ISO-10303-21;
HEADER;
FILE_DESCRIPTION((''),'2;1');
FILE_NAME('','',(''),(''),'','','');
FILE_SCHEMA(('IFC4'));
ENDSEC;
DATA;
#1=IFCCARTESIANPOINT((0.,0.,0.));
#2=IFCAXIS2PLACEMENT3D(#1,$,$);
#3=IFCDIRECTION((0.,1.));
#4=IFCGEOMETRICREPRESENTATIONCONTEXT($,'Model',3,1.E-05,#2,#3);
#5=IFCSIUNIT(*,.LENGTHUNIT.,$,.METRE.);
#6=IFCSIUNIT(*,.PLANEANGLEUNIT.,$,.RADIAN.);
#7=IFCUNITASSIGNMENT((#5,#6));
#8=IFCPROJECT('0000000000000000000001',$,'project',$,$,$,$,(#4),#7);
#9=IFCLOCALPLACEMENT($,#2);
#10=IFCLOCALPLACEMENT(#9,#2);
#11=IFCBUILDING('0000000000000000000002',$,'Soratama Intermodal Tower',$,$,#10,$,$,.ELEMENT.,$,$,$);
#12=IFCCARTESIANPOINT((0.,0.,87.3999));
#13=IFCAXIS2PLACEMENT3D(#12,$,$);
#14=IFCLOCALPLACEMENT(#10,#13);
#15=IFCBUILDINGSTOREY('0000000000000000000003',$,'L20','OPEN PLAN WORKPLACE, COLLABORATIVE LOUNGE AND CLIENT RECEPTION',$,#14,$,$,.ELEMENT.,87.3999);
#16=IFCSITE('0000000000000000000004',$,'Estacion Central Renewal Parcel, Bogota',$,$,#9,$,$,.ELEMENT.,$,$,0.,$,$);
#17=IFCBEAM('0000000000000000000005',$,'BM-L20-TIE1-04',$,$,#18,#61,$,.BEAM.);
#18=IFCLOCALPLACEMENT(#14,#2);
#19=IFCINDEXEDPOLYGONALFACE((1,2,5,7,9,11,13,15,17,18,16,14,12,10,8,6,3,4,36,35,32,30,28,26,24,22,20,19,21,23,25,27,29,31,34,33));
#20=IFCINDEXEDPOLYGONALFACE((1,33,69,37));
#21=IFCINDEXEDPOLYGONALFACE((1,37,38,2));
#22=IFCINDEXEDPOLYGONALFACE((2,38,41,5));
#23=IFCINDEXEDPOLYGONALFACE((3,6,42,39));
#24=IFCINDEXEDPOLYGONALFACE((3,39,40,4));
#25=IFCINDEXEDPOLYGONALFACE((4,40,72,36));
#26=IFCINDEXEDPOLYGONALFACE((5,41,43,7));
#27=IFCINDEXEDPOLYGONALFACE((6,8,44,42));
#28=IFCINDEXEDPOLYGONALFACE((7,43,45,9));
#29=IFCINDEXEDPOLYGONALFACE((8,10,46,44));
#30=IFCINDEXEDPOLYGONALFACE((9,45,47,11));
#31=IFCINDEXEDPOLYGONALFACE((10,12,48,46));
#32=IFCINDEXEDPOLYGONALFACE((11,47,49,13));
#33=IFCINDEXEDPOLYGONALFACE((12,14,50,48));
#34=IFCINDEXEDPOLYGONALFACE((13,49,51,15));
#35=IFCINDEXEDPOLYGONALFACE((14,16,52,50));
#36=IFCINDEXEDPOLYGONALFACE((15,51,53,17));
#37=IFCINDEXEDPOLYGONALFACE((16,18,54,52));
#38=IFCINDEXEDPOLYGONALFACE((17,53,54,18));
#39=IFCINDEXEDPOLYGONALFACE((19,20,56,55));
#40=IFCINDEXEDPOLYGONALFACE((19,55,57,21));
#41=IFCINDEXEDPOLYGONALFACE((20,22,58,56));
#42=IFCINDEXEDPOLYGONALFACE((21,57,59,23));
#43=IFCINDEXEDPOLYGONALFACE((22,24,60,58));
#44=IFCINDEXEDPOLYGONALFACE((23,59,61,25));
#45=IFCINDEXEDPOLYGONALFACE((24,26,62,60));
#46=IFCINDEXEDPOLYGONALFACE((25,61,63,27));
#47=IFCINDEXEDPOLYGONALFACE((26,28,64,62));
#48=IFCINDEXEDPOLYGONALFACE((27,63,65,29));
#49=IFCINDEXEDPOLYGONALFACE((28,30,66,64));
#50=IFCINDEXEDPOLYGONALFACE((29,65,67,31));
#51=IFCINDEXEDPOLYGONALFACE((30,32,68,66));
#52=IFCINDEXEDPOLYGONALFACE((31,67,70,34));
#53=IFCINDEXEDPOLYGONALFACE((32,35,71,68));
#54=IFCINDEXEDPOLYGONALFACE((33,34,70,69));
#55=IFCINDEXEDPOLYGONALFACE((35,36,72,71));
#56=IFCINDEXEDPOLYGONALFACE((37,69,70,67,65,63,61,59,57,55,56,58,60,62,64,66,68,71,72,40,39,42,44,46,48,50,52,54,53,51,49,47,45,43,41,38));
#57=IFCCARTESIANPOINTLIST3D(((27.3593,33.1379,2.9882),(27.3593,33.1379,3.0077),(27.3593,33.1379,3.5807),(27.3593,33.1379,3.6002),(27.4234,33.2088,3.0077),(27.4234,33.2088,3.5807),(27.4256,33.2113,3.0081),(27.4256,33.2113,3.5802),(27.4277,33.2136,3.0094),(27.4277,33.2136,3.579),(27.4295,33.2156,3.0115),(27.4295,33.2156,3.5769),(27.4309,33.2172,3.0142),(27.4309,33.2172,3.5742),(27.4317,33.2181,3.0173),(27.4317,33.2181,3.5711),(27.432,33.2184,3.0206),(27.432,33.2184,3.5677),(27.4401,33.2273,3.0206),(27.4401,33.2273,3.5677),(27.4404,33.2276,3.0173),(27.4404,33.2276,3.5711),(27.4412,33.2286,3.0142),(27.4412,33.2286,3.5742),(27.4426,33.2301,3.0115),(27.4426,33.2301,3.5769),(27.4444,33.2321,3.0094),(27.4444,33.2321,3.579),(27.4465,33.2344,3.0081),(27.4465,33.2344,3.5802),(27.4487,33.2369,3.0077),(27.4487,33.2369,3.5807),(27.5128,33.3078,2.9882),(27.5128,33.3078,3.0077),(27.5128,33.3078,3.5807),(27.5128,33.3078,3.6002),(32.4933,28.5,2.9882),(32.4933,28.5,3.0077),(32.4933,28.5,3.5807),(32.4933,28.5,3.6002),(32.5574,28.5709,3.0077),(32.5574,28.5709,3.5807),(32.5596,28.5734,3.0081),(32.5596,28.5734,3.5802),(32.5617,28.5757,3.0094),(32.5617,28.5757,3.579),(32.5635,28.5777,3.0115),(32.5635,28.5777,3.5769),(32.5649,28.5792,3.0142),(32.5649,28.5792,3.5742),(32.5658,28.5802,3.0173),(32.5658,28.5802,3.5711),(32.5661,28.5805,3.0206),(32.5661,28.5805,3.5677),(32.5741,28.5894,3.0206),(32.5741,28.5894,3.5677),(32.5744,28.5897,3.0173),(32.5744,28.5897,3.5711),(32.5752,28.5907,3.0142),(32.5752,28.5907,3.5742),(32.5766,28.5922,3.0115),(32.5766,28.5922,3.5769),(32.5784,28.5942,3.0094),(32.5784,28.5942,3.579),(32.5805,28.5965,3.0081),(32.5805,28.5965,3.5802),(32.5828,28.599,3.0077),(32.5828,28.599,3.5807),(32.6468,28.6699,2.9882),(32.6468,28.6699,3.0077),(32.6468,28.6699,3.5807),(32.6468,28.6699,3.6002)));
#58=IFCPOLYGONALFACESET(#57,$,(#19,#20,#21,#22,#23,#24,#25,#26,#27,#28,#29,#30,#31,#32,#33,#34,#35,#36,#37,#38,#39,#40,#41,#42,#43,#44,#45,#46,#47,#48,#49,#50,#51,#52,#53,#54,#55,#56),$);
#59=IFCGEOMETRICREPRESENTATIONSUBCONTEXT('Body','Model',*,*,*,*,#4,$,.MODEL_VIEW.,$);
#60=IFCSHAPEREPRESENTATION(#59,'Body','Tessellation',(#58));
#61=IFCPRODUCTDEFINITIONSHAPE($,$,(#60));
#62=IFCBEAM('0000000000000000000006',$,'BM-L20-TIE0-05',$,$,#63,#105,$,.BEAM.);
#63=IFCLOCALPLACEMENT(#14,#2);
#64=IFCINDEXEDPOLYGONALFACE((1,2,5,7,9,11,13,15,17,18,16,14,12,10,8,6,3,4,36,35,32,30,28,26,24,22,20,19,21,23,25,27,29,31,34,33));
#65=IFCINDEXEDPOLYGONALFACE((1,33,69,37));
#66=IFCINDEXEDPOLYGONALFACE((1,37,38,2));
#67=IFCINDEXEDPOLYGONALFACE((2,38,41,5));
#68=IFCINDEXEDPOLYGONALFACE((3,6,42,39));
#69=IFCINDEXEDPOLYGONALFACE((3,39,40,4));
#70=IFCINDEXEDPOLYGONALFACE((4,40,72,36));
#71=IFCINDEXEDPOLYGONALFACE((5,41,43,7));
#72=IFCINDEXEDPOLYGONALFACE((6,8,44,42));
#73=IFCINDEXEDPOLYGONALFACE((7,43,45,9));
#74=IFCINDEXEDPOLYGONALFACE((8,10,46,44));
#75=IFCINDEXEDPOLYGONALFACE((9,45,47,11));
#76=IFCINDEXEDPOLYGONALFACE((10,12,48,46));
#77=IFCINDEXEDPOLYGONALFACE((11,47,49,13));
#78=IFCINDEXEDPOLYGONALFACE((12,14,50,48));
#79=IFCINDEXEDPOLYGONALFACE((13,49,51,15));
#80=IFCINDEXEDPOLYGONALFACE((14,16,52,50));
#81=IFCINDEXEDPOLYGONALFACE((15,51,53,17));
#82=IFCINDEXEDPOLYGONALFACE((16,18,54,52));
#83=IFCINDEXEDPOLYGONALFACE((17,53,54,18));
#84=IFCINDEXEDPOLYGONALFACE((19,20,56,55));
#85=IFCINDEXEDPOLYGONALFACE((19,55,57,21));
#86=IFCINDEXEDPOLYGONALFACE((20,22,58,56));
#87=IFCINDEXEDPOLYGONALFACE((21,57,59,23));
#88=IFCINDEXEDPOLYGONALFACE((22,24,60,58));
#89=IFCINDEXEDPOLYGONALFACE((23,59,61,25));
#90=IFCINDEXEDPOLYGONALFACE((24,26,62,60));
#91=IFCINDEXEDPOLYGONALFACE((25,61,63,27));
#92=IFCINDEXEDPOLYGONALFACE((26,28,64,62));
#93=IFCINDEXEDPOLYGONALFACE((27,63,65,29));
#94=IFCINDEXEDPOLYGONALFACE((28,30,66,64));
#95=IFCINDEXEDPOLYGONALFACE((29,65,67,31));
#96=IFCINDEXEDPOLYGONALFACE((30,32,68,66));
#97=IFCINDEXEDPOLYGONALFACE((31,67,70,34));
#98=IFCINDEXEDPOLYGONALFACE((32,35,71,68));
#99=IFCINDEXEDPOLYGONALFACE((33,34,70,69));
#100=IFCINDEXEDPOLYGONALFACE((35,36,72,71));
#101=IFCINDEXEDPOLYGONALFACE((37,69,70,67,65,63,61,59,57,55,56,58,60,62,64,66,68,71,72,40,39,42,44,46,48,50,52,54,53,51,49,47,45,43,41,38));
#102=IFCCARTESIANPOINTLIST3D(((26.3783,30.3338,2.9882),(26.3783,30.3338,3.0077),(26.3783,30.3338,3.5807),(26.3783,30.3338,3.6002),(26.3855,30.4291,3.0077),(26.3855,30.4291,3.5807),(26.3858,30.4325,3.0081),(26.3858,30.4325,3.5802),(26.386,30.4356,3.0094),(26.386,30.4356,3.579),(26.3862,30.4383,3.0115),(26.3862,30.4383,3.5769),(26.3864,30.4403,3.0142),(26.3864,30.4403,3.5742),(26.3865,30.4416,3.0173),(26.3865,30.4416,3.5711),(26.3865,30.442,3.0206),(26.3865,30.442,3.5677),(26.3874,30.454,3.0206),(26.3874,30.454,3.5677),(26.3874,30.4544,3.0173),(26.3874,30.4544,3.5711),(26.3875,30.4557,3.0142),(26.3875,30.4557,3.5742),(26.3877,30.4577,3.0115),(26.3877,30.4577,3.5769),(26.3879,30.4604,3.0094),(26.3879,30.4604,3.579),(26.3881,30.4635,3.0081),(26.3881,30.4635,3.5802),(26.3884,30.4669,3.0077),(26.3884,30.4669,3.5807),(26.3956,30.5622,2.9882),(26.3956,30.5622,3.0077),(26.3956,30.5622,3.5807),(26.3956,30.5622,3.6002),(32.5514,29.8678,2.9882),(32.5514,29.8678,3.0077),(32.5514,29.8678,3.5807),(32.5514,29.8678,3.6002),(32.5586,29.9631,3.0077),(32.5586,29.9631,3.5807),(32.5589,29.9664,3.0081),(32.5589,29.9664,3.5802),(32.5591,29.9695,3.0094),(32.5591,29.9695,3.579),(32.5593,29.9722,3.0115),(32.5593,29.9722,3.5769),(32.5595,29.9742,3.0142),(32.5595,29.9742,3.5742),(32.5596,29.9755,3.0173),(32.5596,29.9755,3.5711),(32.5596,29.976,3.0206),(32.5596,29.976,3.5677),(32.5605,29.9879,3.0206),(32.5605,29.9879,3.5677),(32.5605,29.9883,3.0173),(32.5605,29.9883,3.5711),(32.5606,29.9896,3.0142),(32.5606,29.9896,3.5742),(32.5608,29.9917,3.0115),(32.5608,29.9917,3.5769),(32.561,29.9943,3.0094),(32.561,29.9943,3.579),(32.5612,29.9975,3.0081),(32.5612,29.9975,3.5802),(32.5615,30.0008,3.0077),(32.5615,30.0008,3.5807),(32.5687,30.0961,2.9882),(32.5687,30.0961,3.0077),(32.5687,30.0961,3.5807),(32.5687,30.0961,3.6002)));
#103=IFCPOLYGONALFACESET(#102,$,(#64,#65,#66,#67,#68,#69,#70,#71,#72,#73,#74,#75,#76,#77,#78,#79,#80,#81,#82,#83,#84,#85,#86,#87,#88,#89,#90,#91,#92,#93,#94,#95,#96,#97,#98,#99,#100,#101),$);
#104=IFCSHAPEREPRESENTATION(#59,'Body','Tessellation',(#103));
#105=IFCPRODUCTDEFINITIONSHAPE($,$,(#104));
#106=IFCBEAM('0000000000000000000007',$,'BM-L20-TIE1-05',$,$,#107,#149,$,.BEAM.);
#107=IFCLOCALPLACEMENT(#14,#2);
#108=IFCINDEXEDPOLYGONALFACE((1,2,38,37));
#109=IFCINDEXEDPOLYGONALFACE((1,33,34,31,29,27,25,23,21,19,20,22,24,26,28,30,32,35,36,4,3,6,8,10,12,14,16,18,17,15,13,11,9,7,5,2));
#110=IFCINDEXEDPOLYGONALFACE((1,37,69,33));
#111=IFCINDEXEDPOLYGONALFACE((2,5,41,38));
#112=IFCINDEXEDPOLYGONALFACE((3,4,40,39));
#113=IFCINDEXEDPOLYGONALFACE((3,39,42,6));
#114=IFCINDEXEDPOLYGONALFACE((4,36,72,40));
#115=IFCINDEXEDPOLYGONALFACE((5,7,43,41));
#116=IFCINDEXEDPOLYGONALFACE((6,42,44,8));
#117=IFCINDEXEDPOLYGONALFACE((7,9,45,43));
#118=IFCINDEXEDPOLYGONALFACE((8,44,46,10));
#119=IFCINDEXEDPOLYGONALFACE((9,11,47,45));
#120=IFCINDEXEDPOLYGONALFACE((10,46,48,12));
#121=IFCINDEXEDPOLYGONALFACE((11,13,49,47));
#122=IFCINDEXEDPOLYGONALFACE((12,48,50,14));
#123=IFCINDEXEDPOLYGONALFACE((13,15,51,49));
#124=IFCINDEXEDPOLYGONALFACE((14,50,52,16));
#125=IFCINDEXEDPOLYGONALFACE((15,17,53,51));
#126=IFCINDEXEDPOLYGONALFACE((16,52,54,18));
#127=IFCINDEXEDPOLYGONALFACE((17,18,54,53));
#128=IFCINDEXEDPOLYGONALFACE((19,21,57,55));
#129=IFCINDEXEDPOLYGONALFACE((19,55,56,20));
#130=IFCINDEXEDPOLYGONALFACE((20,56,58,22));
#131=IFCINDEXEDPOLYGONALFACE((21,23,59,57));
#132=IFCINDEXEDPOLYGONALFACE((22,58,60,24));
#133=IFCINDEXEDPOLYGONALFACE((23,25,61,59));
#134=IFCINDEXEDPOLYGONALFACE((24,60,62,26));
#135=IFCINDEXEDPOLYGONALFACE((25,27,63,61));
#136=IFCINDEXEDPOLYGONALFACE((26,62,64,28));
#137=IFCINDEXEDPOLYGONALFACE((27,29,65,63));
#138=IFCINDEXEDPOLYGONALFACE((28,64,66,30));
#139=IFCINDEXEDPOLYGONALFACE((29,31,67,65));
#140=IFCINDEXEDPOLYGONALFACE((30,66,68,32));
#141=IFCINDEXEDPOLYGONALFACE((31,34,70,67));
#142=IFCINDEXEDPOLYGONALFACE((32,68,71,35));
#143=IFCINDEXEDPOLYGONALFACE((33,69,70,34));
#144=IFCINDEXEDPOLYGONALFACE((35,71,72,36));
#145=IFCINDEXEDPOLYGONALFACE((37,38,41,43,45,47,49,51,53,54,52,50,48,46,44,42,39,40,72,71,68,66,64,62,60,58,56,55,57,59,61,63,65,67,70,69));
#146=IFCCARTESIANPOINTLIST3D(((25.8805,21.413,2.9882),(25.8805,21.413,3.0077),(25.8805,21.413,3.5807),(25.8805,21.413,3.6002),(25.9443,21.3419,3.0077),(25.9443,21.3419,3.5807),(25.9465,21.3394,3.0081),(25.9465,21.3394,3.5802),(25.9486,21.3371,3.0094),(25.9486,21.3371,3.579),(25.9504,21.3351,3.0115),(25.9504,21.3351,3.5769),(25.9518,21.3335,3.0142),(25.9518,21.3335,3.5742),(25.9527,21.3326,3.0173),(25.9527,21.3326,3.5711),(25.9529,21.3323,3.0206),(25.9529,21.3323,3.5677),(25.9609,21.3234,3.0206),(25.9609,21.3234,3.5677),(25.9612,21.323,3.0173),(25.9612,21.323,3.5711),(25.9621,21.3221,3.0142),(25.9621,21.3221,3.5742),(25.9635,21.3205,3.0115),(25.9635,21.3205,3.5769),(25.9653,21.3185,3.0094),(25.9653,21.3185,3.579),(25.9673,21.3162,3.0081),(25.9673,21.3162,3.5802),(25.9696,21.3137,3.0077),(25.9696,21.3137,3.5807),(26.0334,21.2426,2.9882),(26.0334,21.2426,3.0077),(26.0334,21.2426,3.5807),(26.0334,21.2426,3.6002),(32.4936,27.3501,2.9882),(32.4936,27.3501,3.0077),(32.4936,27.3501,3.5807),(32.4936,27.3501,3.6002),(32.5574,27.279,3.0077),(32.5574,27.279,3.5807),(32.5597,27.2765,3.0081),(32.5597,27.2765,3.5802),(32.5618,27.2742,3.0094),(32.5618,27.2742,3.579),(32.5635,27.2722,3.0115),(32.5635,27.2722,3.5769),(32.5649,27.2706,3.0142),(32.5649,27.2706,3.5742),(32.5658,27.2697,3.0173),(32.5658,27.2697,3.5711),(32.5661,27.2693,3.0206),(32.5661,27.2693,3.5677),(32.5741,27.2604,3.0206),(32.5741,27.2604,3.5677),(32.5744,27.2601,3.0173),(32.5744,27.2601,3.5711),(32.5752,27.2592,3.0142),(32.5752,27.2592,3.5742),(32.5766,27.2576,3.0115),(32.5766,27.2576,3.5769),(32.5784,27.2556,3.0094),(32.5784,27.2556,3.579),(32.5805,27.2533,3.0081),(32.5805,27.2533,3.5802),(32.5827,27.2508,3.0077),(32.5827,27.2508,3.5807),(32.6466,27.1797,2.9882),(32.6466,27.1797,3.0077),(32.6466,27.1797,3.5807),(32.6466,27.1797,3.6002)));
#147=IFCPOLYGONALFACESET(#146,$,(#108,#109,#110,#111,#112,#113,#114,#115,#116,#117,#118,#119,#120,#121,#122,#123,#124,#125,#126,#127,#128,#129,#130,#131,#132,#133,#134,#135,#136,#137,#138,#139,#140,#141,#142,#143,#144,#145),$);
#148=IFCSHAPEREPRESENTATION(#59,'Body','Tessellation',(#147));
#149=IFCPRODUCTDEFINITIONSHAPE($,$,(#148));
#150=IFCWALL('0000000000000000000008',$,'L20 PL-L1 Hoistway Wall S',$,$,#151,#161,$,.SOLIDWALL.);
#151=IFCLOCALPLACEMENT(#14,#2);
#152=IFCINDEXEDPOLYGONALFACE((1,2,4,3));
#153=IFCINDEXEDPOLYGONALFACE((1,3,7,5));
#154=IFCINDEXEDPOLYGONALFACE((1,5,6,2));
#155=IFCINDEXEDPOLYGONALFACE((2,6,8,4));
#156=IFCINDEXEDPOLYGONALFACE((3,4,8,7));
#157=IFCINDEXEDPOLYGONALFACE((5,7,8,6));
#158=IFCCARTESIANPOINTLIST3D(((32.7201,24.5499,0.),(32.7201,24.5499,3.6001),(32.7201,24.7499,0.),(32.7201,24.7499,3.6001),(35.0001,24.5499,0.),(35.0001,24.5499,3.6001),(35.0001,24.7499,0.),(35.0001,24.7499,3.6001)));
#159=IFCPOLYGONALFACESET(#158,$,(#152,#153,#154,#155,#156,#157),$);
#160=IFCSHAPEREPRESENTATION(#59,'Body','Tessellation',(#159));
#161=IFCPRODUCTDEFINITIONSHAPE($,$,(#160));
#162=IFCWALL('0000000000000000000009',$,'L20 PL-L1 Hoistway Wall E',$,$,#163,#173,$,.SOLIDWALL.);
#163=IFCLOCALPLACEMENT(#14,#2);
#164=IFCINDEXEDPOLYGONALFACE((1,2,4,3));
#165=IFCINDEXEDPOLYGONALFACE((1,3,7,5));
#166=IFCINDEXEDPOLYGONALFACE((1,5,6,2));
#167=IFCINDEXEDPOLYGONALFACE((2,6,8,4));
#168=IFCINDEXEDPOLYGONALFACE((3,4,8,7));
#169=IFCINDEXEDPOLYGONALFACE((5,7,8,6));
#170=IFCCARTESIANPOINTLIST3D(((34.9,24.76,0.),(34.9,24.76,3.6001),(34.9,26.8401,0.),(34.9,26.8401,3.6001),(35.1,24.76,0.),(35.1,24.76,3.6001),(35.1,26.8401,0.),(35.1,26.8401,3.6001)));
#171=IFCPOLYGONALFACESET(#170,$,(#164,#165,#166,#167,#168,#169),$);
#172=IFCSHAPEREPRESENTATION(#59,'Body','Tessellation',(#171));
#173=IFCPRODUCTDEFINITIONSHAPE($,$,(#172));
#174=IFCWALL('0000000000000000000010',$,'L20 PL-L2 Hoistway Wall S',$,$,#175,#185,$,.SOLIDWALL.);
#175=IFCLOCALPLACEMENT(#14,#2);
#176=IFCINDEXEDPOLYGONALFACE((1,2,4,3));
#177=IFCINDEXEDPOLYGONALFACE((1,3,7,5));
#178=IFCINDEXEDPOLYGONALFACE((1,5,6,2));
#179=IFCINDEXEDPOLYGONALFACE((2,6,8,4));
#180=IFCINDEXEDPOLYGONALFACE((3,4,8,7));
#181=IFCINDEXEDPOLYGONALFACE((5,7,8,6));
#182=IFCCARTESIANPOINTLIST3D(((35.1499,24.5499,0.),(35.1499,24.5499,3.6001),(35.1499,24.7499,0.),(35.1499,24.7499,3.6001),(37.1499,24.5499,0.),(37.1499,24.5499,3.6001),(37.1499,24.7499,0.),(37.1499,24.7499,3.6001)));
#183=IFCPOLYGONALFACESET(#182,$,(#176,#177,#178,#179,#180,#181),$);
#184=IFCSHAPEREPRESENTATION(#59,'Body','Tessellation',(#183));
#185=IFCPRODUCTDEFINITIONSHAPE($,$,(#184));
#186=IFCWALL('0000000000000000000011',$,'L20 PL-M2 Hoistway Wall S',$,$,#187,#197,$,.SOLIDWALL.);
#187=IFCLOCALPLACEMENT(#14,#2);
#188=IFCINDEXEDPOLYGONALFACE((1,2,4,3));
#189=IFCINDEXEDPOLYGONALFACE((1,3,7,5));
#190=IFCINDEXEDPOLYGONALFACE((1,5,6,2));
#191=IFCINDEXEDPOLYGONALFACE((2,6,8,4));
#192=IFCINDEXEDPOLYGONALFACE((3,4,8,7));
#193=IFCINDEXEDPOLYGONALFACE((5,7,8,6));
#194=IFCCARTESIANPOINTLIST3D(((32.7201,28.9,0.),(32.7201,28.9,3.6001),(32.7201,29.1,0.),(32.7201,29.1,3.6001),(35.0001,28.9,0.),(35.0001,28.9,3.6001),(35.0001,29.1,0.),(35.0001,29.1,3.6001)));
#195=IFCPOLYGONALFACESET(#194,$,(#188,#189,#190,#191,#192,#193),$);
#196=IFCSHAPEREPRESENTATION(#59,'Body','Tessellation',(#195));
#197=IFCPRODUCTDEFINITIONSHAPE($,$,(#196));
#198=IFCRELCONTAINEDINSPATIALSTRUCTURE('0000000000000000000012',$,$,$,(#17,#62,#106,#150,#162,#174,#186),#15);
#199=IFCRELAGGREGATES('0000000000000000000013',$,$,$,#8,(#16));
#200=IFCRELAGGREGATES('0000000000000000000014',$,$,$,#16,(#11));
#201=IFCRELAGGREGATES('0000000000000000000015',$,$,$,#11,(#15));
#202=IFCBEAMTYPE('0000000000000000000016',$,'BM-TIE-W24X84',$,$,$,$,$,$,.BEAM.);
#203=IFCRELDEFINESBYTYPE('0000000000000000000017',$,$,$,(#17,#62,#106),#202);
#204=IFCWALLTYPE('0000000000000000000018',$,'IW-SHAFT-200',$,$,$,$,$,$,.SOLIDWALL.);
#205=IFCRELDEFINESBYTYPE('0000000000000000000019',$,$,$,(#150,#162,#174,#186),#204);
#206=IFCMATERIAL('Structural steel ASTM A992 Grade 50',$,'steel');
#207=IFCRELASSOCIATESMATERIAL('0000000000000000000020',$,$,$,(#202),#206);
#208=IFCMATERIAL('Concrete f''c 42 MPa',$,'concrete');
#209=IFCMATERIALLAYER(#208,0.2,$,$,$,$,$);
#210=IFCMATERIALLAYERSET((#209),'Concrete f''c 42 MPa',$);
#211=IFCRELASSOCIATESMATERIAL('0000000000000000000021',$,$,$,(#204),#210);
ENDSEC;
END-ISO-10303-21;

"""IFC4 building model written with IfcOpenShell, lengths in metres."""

from ifc_helpers import new_model, si_unit, direction, frame, frame_2d, origin, origin_2d, place, context, subcontext, project, spatial, rectangle, i_section, extrude, material, layer, layer_set, material_profile, profile_set, type_object, element, save


model = new_model("IFC4")

# Units and contexts
model_context = context("Model", 3, precision=1e-05, world=origin(), true_north=direction((0.0, 1.0)))
body_context = subcontext(model_context, "Body", "Model", "MODEL_VIEW")
ifc_project = project(units=[si_unit("LENGTHUNIT", "METRE"), si_unit("PLANEANGLEUNIT", "RADIAN")], contexts=[model_context])

# Site, building, storey
site_placement = place(None, origin())
site = spatial("IfcSite", under=ifc_project, at=site_placement, Name="Estacion Central Renewal Parcel, Bogota", CompositionType="ELEMENT", RefElevation=0.0)
building_placement = place(site_placement, origin())
building = spatial("IfcBuilding", under=site, at=building_placement, Name="Soratama Intermodal Tower", CompositionType="ELEMENT")
storey_placement = place(building_placement, frame((0.0, 0.0, 87.3999)))
storey = spatial("IfcBuildingStorey", under=building, at=storey_placement, Name="L20", Description="OPEN PLAN WORKPLACE, COLLABORATIVE LOUNGE AND CLIENT RECEPTION", CompositionType="ELEMENT", Elevation=87.3999)

# Beams
ifc_material_1 = material(Name="Structural steel ASTM A992 Grade 50", Category="steel")
ifc_material_profile_1 = material_profile(ifc_material_1, i_section(OverallWidth=0.229, OverallDepth=0.6121, WebThickness=0.012, FlangeThickness=0.0195, FilletRadius=0.0129, at=origin_2d()), Name="W24X84")
ifc_profile_set_1 = profile_set([ifc_material_profile_1], Name="Structural steel ASTM A992 Grade 50")
beam_type_1 = type_object("IfcBeamType", Name="BM-TIE-W24X84", PredefinedType="BEAM", material=ifc_profile_set_1)
beam_1_placement = place(storey_placement, frame((32.5701, 28.585, 3.2942), z_axis=(-0.742049, 0.670346, 0.0), x_axis=(-0.670346, -0.742049, 0.0)))
element("IfcBeam", 1, at=beam_1_placement, inside=storey, type_object=beam_type_1, Name="BM-L20-TIE1-04", PredefinedType="BEAM", context=body_context, shape_type="SweptSolid", body=[
    extrude(i_section(OverallWidth=0.229, OverallDepth=0.6121, WebThickness=0.012, FlangeThickness=0.0195, FilletRadius=0.0129, at=origin_2d()), origin(), (0.0, 0.0, 1.0), 6.9187),
])
beam_2_placement = place(storey_placement, frame((32.5601, 29.9819, 3.2942), z_axis=(-0.997162, 0.075285, 0.0), x_axis=(-0.075285, -0.997162, 0.0)))
element("IfcBeam", 2, at=beam_2_placement, inside=storey, type_object=beam_type_1, Name="BM-L20-TIE0-05", PredefinedType="BEAM", context=body_context, shape_type="SweptSolid", body=[
    extrude(i_section(OverallWidth=0.229, OverallDepth=0.6121, WebThickness=0.012, FlangeThickness=0.0195, FilletRadius=0.0129, at=origin_2d()), origin(), (0.0, 0.0, 1.0), 6.1907),
])
beam_3_placement = place(storey_placement, frame((32.5701, 27.2649, 3.2942), z_axis=(-0.744117, -0.668049, 0.0), x_axis=(0.668049, -0.744117, 0.0)))
element("IfcBeam", 3, at=beam_3_placement, inside=storey, type_object=beam_type_1, Name="BM-L20-TIE1-05", PredefinedType="BEAM", context=body_context, shape_type="SweptSolid", body=[
    extrude(i_section(OverallWidth=0.229, OverallDepth=0.6121, WebThickness=0.012, FlangeThickness=0.0195, FilletRadius=0.0129, at=origin_2d()), origin(), (0.0, 0.0, 1.0), 8.8872),
])

# Wall
ifc_material_2 = material(Name="Concrete f'c 42 MPa", Category="concrete")
ifc_layer_1 = layer(ifc_material_2, 0.2)
ifc_layer_set_1 = layer_set([ifc_layer_1], Name="Concrete f'c 42 MPa")
wall_type_1 = type_object("IfcWallType", Name="IW-SHAFT-200", PredefinedType="SOLIDWALL", material=ifc_layer_set_1)
wall_1_placement = place(storey_placement, frame((32.72, 24.6499, 0.0), z_axis=(0.0, 0.0, 1.0), x_axis=(1.0, 0.0, 0.0)))
element("IfcWall", 4, at=wall_1_placement, inside=storey, type_object=wall_type_1, Name="L20 PL-L1 Hoistway Wall S", PredefinedType="SOLIDWALL", context=body_context, shape_type="SweptSolid", body=[
    extrude(rectangle(XDim=2.28, YDim=0.2, at=frame_2d((1.1401, 0.0))), origin(), (0.0, 0.0, 1.0), 3.6001),
])

# Walls
wall_2_placement = place(storey_placement, frame((35.0, 24.76, 0.0), z_axis=(0.0, 0.0, 1.0), x_axis=(0.0, 1.0, 0.0)))
element("IfcWall", 5, at=wall_2_placement, inside=storey, type_object=wall_type_1, Name="L20 PL-L1 Hoistway Wall E", PredefinedType="SOLIDWALL", context=body_context, shape_type="SweptSolid", body=[
    extrude(rectangle(XDim=2.0801, YDim=0.2, at=frame_2d((1.04, 0.0))), origin(), (0.0, 0.0, 1.0), 3.6001),
])
wall_3_placement = place(storey_placement, frame((35.1499, 24.6499, 0.0), z_axis=(0.0, 0.0, 1.0), x_axis=(1.0, 0.0, 0.0)))
element("IfcWall", 6, at=wall_3_placement, inside=storey, type_object=wall_type_1, Name="L20 PL-L2 Hoistway Wall S", PredefinedType="SOLIDWALL", context=body_context, shape_type="SweptSolid", body=[
    extrude(rectangle(XDim=2.0, YDim=0.2, at=frame_2d((1.0, 0.0))), origin(), (0.0, 0.0, 1.0), 3.6001),
])
wall_4_placement = place(storey_placement, frame((32.72, 29.0, 0.0), z_axis=(0.0, 0.0, 1.0), x_axis=(1.0, 0.0, 0.0)))
element("IfcWall", 7, at=wall_4_placement, inside=storey, type_object=wall_type_1, Name="L20 PL-M2 Hoistway Wall S", PredefinedType="SOLIDWALL", context=body_context, shape_type="SweptSolid", body=[
    extrude(rectangle(XDim=2.28, YDim=0.2, at=frame_2d((1.1401, 0.0))), origin(), (0.0, 0.0, 1.0), 3.6001),
])

save(model, "model.ifc")
